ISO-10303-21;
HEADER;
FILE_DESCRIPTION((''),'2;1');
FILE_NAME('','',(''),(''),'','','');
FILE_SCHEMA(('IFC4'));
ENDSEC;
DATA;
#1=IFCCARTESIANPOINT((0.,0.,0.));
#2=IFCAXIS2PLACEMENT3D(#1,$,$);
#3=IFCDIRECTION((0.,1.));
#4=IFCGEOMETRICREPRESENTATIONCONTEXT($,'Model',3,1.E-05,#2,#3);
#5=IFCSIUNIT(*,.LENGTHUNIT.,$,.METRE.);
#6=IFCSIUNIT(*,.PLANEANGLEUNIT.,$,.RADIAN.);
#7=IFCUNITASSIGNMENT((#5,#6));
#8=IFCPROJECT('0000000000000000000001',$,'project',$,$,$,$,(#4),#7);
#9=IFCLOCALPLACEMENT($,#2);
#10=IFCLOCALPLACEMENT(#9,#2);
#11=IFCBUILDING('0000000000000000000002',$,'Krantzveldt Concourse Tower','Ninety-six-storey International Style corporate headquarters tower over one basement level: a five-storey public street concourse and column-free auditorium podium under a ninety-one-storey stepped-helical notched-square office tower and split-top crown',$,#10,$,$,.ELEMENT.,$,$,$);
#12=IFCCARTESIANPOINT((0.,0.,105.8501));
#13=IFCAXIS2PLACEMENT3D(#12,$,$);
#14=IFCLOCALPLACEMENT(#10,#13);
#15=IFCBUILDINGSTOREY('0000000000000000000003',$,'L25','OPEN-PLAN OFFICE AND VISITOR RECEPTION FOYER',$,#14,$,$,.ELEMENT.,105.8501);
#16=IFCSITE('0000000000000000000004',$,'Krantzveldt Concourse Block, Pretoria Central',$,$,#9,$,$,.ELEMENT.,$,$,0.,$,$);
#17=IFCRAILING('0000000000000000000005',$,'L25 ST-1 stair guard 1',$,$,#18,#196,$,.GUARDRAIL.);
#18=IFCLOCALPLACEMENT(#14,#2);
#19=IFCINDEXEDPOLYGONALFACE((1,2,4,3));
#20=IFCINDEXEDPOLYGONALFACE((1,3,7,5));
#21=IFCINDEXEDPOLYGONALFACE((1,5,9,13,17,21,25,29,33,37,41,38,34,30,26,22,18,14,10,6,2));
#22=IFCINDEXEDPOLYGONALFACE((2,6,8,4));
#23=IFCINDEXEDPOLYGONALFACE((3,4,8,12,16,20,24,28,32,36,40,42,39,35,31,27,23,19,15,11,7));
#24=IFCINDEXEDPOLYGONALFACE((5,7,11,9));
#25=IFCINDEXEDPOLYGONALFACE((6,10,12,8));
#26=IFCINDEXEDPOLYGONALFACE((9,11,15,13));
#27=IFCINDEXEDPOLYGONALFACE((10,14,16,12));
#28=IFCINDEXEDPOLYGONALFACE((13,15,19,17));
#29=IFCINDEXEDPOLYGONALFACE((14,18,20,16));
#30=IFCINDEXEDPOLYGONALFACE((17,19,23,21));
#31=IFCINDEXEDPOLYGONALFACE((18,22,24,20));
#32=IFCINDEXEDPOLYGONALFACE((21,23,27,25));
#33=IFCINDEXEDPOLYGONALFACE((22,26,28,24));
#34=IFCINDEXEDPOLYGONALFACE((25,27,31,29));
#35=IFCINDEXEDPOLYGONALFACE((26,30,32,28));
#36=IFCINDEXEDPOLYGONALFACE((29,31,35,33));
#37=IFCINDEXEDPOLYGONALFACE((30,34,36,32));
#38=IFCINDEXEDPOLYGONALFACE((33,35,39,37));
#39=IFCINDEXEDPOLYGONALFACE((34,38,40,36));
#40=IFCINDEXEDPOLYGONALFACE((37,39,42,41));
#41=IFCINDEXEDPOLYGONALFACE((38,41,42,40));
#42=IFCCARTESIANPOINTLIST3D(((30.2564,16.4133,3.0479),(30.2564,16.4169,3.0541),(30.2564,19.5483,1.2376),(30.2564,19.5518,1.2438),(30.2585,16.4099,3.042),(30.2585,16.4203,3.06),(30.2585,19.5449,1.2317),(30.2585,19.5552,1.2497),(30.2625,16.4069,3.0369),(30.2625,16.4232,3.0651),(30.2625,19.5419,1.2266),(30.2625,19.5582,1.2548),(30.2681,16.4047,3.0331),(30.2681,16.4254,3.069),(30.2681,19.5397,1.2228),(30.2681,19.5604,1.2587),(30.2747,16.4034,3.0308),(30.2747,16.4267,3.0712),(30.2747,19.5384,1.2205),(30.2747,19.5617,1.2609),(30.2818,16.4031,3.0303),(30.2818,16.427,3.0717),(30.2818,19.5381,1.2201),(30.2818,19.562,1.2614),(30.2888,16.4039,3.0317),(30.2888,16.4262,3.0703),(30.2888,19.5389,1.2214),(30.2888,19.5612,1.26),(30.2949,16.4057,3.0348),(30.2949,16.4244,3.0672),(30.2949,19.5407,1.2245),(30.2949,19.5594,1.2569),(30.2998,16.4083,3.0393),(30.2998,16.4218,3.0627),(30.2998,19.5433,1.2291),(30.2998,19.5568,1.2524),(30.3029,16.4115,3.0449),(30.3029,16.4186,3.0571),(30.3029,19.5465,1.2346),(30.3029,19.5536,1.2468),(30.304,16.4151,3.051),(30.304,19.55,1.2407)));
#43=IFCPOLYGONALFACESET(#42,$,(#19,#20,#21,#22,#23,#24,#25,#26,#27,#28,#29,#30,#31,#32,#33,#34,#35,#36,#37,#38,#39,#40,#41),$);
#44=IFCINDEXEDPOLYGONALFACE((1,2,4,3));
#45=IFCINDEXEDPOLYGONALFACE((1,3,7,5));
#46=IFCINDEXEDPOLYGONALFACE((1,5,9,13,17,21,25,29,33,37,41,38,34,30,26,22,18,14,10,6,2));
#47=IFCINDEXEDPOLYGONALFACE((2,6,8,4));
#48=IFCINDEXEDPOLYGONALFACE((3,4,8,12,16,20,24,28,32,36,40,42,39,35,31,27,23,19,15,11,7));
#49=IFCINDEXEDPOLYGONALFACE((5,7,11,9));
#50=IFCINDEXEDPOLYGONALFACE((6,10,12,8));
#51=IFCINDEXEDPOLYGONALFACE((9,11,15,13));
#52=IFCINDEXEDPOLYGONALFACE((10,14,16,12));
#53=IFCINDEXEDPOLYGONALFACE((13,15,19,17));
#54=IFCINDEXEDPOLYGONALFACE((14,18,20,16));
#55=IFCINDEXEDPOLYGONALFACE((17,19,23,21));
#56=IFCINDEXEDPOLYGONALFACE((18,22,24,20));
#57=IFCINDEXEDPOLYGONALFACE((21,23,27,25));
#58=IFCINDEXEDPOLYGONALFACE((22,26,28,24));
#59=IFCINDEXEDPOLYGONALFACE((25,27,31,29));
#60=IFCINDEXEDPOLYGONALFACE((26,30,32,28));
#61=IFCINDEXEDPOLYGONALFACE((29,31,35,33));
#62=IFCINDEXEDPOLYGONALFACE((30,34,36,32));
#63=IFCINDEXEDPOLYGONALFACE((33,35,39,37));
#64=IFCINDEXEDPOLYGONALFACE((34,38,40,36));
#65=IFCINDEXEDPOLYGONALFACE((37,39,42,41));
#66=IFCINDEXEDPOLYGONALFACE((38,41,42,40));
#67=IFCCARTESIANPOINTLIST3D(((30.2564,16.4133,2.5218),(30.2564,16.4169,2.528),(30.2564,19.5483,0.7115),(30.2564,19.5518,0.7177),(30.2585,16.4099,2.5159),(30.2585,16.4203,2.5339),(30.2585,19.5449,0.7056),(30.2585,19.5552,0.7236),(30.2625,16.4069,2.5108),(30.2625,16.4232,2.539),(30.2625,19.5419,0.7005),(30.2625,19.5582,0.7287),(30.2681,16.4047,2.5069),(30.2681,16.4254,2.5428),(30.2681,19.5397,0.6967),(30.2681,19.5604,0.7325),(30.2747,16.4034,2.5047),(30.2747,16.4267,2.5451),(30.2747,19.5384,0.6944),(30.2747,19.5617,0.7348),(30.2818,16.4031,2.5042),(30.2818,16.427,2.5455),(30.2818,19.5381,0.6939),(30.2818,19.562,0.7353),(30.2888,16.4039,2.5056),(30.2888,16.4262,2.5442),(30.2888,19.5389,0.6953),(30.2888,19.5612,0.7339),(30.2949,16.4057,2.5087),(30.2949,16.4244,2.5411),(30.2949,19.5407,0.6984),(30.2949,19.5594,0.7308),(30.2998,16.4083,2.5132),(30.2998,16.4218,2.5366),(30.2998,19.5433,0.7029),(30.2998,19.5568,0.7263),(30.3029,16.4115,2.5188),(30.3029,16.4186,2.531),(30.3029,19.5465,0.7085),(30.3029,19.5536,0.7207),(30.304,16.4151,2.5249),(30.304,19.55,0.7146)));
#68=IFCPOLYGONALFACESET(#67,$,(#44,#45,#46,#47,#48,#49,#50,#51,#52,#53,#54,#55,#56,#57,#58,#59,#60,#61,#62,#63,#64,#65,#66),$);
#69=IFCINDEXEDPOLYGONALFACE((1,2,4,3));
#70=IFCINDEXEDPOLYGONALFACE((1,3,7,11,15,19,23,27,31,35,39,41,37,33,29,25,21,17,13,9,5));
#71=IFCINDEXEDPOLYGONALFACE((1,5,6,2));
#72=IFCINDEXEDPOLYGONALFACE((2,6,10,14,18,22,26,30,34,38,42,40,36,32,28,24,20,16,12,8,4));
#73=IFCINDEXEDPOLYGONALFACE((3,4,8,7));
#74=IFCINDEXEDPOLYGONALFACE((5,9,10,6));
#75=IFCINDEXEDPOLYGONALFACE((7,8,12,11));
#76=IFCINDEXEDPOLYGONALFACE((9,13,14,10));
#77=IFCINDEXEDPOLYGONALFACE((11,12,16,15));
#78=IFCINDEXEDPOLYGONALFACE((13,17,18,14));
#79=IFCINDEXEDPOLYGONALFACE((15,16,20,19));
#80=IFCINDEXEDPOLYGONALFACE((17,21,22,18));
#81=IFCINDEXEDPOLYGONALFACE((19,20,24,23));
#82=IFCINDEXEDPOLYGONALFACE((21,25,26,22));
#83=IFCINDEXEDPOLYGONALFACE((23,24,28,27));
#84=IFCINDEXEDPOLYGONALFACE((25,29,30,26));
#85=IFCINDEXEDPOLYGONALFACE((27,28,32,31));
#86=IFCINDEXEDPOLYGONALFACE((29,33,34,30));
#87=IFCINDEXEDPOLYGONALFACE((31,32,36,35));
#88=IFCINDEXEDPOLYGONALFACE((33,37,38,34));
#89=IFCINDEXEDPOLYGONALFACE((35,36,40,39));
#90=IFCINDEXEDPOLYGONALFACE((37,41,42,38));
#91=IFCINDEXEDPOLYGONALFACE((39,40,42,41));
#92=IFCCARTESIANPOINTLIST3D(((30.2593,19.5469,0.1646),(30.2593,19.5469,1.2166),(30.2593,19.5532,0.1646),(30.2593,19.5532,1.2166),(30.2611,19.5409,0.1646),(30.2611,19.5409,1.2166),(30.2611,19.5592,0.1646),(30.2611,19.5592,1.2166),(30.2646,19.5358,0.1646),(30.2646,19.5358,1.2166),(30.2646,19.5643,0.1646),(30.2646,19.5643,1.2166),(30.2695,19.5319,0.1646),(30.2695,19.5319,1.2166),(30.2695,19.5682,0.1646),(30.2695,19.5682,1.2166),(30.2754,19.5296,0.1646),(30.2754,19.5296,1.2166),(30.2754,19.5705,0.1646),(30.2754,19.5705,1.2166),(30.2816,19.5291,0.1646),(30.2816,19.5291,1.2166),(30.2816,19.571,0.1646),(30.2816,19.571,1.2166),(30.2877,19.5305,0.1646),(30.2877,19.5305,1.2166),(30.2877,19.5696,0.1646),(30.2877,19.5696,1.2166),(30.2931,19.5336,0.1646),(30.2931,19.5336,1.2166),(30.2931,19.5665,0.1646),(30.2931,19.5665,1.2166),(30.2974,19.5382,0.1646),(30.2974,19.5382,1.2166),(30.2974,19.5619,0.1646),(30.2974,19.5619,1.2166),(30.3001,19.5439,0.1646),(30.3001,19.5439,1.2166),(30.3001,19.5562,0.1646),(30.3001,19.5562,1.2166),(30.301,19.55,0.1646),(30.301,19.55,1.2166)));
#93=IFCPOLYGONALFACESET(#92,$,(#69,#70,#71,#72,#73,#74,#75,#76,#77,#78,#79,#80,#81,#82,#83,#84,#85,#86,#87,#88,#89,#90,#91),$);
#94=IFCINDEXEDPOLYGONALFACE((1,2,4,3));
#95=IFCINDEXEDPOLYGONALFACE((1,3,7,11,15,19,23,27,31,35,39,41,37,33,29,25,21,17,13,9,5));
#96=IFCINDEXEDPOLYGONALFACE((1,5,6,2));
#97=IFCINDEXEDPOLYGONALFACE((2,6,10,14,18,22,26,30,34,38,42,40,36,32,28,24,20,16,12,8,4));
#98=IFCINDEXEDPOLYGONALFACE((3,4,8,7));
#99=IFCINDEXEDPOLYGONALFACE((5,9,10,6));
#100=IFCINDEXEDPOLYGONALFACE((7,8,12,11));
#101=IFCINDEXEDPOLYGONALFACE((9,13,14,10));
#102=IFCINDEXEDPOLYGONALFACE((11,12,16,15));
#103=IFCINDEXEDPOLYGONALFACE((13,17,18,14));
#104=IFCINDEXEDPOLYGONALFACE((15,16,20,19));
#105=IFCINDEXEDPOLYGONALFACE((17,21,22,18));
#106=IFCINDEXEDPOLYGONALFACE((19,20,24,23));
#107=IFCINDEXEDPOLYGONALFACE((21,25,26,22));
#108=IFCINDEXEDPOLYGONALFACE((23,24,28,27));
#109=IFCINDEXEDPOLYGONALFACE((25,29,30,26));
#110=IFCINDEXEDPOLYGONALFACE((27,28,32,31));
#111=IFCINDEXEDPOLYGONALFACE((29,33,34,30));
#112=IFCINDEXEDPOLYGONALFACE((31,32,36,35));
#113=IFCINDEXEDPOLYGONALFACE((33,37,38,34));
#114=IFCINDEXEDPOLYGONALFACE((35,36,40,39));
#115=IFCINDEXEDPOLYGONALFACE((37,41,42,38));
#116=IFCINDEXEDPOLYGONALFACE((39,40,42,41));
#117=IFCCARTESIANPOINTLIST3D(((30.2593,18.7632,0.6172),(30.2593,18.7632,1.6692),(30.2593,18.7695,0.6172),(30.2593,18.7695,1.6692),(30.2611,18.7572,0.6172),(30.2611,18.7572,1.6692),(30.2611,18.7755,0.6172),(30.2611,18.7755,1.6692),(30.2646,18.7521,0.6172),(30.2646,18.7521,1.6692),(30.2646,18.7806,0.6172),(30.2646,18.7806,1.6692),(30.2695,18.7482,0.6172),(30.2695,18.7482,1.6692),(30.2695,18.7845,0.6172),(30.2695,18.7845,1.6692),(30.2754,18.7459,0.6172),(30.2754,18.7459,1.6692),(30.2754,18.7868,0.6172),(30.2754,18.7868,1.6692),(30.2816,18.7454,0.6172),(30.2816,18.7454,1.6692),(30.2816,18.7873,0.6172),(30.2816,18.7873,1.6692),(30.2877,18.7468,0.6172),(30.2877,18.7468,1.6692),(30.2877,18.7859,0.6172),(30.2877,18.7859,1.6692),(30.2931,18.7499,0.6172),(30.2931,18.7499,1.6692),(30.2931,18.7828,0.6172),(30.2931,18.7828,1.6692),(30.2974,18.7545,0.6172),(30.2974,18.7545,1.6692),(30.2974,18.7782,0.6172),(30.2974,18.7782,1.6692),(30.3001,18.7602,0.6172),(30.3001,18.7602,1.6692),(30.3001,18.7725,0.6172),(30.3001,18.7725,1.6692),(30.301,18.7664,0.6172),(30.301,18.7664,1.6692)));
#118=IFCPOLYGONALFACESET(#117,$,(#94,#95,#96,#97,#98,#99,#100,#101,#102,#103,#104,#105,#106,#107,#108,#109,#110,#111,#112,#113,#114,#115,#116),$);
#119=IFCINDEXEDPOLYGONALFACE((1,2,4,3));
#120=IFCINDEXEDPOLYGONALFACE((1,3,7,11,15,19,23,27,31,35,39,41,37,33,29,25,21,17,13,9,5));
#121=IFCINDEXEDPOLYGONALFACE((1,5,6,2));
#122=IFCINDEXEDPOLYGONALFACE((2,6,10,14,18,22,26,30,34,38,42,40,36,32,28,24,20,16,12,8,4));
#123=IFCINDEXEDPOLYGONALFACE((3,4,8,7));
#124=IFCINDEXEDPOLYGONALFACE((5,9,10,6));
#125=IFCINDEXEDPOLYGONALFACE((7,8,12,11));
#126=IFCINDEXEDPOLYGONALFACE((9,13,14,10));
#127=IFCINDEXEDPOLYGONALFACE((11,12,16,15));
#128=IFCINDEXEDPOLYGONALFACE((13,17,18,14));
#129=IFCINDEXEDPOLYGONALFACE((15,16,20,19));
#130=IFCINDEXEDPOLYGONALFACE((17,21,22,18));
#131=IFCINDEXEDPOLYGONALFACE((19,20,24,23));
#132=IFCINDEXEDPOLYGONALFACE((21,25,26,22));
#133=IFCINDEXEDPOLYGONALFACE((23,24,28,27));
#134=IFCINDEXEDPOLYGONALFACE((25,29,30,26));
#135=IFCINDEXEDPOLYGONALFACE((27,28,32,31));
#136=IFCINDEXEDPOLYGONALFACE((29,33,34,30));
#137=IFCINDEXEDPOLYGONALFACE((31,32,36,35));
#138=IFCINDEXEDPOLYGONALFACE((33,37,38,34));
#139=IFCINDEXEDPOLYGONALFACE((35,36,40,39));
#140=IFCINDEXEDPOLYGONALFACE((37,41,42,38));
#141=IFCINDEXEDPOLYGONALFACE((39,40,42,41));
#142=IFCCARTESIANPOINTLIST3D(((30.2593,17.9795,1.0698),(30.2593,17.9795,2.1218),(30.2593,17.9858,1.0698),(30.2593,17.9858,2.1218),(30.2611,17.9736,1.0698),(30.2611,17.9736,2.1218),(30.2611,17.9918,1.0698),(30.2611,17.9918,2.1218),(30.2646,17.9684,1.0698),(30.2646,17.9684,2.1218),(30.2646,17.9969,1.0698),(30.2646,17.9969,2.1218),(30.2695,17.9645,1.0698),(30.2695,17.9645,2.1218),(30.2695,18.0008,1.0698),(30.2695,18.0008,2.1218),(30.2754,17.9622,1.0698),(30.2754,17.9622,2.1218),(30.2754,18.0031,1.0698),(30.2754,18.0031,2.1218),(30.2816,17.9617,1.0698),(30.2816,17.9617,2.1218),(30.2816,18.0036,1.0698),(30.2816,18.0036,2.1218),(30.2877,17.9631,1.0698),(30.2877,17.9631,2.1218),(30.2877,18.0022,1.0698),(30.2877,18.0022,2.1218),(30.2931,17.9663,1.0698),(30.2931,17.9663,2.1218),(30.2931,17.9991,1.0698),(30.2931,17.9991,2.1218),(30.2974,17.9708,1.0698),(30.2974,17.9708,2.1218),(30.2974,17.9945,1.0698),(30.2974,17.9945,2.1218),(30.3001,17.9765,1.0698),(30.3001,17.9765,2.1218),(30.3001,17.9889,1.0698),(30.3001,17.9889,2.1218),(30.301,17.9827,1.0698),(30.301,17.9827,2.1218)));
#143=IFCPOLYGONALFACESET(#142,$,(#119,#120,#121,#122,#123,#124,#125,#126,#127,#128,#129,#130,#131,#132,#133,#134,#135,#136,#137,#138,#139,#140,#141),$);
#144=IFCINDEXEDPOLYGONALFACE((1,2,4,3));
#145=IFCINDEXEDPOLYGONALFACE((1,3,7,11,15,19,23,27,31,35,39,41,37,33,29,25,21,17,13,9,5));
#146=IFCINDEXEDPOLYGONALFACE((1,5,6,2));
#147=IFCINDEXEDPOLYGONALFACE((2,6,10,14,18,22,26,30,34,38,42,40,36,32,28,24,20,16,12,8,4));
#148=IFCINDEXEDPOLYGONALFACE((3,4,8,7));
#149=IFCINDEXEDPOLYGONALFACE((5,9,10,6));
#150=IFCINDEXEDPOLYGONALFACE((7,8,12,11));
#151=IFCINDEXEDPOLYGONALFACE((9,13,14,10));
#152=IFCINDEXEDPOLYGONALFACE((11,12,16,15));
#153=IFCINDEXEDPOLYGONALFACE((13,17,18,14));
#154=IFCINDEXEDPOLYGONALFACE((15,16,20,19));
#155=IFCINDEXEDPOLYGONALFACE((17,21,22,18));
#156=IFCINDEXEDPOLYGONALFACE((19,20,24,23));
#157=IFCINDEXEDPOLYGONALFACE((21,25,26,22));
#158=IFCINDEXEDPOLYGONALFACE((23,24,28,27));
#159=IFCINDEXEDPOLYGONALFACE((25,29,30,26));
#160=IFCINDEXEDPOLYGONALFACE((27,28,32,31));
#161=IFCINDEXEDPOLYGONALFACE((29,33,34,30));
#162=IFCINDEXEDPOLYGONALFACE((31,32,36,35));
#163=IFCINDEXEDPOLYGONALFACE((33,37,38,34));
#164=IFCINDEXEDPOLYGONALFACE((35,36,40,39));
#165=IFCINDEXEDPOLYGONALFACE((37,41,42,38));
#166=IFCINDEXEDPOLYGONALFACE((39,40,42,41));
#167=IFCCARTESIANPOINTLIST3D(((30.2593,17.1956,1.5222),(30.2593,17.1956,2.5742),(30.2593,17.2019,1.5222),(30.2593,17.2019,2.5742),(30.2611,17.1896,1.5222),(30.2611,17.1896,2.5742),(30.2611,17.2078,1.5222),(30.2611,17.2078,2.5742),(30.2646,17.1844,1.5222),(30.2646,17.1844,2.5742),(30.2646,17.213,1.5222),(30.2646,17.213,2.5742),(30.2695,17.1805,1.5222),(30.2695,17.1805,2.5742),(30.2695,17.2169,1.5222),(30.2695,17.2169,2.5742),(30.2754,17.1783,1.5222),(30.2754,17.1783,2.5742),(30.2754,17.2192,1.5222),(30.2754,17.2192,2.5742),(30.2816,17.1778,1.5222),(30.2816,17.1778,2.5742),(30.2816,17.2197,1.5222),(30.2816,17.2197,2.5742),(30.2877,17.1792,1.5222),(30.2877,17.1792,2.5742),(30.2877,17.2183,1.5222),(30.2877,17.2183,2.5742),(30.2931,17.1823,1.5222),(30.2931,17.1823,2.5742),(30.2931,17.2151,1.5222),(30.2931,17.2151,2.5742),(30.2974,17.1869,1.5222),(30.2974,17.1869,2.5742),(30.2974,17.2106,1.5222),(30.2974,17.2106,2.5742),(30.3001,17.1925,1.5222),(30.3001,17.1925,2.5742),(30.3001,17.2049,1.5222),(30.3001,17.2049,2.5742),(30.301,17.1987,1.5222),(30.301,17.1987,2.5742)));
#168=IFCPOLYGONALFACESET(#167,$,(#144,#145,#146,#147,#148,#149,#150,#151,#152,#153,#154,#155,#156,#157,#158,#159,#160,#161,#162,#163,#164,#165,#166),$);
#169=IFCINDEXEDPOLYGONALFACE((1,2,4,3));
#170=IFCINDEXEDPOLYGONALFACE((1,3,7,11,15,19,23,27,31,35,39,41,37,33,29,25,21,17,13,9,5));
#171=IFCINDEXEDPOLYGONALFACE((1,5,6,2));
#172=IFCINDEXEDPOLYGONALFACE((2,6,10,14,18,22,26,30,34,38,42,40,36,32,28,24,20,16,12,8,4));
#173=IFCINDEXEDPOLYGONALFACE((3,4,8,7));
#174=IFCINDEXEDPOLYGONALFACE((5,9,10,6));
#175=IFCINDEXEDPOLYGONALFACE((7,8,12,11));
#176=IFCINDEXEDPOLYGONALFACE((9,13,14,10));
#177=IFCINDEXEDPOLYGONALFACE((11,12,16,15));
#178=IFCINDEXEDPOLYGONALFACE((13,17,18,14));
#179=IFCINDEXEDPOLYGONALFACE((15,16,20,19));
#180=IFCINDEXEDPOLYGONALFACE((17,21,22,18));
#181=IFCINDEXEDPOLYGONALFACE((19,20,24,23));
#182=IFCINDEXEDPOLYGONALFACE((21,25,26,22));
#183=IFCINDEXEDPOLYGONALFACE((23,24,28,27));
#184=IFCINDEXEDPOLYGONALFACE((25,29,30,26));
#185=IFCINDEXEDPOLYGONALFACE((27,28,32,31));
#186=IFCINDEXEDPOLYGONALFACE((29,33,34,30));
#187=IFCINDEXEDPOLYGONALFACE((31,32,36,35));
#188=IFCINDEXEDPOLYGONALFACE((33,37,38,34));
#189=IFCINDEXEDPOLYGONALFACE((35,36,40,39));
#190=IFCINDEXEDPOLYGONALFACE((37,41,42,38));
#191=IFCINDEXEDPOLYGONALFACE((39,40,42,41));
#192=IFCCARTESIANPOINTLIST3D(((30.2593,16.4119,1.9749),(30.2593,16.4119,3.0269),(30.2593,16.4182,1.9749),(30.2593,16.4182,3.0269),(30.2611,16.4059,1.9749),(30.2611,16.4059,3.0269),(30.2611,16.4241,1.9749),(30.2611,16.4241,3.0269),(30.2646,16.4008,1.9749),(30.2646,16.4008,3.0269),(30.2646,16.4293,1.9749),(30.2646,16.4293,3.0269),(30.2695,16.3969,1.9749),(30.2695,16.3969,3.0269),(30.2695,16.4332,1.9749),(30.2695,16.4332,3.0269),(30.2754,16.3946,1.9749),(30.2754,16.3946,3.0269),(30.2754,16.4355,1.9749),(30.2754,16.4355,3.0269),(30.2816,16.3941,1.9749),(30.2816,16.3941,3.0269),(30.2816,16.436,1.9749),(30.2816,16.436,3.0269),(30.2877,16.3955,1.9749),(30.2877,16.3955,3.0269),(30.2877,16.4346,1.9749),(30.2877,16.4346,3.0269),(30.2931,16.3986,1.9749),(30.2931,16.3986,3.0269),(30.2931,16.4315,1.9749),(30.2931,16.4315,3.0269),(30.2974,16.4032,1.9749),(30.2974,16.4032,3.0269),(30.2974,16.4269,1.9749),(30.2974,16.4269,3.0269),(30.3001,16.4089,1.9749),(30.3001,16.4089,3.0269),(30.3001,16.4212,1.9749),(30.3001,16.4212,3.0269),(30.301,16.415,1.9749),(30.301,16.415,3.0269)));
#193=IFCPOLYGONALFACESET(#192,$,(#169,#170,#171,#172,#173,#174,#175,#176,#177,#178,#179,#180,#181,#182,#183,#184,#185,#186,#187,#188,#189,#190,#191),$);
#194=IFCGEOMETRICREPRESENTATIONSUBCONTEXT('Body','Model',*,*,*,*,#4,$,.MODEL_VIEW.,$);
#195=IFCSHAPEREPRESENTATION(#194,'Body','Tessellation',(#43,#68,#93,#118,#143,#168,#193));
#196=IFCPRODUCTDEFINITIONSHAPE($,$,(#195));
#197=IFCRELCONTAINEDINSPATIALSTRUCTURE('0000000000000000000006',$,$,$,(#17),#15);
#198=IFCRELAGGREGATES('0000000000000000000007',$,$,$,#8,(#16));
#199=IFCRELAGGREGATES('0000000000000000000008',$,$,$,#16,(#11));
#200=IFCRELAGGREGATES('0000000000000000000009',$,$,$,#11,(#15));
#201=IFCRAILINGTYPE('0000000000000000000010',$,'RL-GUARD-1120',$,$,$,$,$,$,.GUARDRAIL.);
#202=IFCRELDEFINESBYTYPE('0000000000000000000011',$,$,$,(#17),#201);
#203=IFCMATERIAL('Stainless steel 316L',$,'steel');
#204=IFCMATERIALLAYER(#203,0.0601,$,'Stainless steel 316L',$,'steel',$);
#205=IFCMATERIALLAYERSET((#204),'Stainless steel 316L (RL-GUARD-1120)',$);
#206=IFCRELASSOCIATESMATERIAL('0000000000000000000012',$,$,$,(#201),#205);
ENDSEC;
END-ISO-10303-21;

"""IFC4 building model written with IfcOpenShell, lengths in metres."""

from ifc_helpers import new_model, si_unit, direction, frame, origin, origin_2d, place, context, subcontext, project, spatial, circle, extrude, material, layer, layer_set, type_object, element, save


model = new_model("IFC4")

# Units and contexts
model_context = context("Model", 3, precision=1e-05, world=origin(), true_north=direction((0.0, 1.0)))
body_context = subcontext(model_context, "Body", "Model", "MODEL_VIEW")
ifc_project = project(units=[si_unit("LENGTHUNIT", "METRE"), si_unit("PLANEANGLEUNIT", "RADIAN")], contexts=[model_context])

# Site, building, storey
site_placement = place(None, origin())
site = spatial("IfcSite", under=ifc_project, at=site_placement, Name="Krantzveldt Concourse Block, Pretoria Central", CompositionType="ELEMENT", RefElevation=0.0)
building_placement = place(site_placement, origin())
building = spatial("IfcBuilding", under=site, at=building_placement, Name="Krantzveldt Concourse Tower", Description="Ninety-six-storey International Style corporate headquarters tower over one basement level: a five-storey public street concourse and column-free auditorium podium under a ninety-one-storey stepped-helical notched-square office tower and split-top crown", CompositionType="ELEMENT")
storey_placement = place(building_placement, frame((0.0, 0.0, 105.8501)))
storey = spatial("IfcBuildingStorey", under=building, at=storey_placement, Name="L25", Description="OPEN-PLAN OFFICE AND VISITOR RECEPTION FOYER", CompositionType="ELEMENT", Elevation=105.8501)

# Railing
ifc_material_1 = material(Name="Stainless steel 316L", Category="steel")
ifc_layer_1 = layer(ifc_material_1, 0.0601, Name="Stainless steel 316L", Category="steel")
ifc_layer_set_1 = layer_set([ifc_layer_1], Name="Stainless steel 316L (RL-GUARD-1120)")
railing_type_1 = type_object("IfcRailingType", Name="RL-GUARD-1120", PredefinedType="GUARDRAIL", material=ifc_layer_set_1)
railing_1_placement = place(storey_placement, frame((30.28, 19.55, 0.1646)))
element("IfcRailing", 1, at=railing_1_placement, inside=storey, type_object=railing_type_1, Name="L25 ST-1 stair guard 1", PredefinedType="GUARDRAIL", context=body_context, shape_type="SweptSolid", body=[
    extrude(circle(Radius=0.0239, at=origin_2d()), frame((0.0, 0.0, 1.0762), z_axis=(0.0, -0.865989, 0.500063), x_axis=(1.0, 0.0, 0.0)), (0.0, 0.0, 1.0), 3.6201),
    extrude(circle(Radius=0.0239, at=origin_2d()), frame((0.0, 0.0, 0.55), z_axis=(0.0, -0.865989, 0.500063), x_axis=(1.0, 0.0, 0.0)), (0.0, 0.0, 1.0), 3.6201),
    extrude(circle(Radius=0.021, at=origin_2d()), origin(), (0.0, 0.0, 1.0), 1.052),
    extrude(circle(Radius=0.021, at=origin_2d()), frame((0.0, -0.7837, 0.4526)), (0.0, 0.0, 1.0), 1.052),
    extrude(circle(Radius=0.021, at=origin_2d()), frame((0.0, -1.5674, 0.9053)), (0.0, 0.0, 1.0), 1.052),
    extrude(circle(Radius=0.021, at=origin_2d()), frame((0.0, -2.3513, 1.3577)), (0.0, 0.0, 1.0), 1.052),
    extrude(circle(Radius=0.021, at=origin_2d()), frame((0.0, -3.135, 1.8103)), (0.0, 0.0, 1.0), 1.052),
])

save(model, "model.ifc")
